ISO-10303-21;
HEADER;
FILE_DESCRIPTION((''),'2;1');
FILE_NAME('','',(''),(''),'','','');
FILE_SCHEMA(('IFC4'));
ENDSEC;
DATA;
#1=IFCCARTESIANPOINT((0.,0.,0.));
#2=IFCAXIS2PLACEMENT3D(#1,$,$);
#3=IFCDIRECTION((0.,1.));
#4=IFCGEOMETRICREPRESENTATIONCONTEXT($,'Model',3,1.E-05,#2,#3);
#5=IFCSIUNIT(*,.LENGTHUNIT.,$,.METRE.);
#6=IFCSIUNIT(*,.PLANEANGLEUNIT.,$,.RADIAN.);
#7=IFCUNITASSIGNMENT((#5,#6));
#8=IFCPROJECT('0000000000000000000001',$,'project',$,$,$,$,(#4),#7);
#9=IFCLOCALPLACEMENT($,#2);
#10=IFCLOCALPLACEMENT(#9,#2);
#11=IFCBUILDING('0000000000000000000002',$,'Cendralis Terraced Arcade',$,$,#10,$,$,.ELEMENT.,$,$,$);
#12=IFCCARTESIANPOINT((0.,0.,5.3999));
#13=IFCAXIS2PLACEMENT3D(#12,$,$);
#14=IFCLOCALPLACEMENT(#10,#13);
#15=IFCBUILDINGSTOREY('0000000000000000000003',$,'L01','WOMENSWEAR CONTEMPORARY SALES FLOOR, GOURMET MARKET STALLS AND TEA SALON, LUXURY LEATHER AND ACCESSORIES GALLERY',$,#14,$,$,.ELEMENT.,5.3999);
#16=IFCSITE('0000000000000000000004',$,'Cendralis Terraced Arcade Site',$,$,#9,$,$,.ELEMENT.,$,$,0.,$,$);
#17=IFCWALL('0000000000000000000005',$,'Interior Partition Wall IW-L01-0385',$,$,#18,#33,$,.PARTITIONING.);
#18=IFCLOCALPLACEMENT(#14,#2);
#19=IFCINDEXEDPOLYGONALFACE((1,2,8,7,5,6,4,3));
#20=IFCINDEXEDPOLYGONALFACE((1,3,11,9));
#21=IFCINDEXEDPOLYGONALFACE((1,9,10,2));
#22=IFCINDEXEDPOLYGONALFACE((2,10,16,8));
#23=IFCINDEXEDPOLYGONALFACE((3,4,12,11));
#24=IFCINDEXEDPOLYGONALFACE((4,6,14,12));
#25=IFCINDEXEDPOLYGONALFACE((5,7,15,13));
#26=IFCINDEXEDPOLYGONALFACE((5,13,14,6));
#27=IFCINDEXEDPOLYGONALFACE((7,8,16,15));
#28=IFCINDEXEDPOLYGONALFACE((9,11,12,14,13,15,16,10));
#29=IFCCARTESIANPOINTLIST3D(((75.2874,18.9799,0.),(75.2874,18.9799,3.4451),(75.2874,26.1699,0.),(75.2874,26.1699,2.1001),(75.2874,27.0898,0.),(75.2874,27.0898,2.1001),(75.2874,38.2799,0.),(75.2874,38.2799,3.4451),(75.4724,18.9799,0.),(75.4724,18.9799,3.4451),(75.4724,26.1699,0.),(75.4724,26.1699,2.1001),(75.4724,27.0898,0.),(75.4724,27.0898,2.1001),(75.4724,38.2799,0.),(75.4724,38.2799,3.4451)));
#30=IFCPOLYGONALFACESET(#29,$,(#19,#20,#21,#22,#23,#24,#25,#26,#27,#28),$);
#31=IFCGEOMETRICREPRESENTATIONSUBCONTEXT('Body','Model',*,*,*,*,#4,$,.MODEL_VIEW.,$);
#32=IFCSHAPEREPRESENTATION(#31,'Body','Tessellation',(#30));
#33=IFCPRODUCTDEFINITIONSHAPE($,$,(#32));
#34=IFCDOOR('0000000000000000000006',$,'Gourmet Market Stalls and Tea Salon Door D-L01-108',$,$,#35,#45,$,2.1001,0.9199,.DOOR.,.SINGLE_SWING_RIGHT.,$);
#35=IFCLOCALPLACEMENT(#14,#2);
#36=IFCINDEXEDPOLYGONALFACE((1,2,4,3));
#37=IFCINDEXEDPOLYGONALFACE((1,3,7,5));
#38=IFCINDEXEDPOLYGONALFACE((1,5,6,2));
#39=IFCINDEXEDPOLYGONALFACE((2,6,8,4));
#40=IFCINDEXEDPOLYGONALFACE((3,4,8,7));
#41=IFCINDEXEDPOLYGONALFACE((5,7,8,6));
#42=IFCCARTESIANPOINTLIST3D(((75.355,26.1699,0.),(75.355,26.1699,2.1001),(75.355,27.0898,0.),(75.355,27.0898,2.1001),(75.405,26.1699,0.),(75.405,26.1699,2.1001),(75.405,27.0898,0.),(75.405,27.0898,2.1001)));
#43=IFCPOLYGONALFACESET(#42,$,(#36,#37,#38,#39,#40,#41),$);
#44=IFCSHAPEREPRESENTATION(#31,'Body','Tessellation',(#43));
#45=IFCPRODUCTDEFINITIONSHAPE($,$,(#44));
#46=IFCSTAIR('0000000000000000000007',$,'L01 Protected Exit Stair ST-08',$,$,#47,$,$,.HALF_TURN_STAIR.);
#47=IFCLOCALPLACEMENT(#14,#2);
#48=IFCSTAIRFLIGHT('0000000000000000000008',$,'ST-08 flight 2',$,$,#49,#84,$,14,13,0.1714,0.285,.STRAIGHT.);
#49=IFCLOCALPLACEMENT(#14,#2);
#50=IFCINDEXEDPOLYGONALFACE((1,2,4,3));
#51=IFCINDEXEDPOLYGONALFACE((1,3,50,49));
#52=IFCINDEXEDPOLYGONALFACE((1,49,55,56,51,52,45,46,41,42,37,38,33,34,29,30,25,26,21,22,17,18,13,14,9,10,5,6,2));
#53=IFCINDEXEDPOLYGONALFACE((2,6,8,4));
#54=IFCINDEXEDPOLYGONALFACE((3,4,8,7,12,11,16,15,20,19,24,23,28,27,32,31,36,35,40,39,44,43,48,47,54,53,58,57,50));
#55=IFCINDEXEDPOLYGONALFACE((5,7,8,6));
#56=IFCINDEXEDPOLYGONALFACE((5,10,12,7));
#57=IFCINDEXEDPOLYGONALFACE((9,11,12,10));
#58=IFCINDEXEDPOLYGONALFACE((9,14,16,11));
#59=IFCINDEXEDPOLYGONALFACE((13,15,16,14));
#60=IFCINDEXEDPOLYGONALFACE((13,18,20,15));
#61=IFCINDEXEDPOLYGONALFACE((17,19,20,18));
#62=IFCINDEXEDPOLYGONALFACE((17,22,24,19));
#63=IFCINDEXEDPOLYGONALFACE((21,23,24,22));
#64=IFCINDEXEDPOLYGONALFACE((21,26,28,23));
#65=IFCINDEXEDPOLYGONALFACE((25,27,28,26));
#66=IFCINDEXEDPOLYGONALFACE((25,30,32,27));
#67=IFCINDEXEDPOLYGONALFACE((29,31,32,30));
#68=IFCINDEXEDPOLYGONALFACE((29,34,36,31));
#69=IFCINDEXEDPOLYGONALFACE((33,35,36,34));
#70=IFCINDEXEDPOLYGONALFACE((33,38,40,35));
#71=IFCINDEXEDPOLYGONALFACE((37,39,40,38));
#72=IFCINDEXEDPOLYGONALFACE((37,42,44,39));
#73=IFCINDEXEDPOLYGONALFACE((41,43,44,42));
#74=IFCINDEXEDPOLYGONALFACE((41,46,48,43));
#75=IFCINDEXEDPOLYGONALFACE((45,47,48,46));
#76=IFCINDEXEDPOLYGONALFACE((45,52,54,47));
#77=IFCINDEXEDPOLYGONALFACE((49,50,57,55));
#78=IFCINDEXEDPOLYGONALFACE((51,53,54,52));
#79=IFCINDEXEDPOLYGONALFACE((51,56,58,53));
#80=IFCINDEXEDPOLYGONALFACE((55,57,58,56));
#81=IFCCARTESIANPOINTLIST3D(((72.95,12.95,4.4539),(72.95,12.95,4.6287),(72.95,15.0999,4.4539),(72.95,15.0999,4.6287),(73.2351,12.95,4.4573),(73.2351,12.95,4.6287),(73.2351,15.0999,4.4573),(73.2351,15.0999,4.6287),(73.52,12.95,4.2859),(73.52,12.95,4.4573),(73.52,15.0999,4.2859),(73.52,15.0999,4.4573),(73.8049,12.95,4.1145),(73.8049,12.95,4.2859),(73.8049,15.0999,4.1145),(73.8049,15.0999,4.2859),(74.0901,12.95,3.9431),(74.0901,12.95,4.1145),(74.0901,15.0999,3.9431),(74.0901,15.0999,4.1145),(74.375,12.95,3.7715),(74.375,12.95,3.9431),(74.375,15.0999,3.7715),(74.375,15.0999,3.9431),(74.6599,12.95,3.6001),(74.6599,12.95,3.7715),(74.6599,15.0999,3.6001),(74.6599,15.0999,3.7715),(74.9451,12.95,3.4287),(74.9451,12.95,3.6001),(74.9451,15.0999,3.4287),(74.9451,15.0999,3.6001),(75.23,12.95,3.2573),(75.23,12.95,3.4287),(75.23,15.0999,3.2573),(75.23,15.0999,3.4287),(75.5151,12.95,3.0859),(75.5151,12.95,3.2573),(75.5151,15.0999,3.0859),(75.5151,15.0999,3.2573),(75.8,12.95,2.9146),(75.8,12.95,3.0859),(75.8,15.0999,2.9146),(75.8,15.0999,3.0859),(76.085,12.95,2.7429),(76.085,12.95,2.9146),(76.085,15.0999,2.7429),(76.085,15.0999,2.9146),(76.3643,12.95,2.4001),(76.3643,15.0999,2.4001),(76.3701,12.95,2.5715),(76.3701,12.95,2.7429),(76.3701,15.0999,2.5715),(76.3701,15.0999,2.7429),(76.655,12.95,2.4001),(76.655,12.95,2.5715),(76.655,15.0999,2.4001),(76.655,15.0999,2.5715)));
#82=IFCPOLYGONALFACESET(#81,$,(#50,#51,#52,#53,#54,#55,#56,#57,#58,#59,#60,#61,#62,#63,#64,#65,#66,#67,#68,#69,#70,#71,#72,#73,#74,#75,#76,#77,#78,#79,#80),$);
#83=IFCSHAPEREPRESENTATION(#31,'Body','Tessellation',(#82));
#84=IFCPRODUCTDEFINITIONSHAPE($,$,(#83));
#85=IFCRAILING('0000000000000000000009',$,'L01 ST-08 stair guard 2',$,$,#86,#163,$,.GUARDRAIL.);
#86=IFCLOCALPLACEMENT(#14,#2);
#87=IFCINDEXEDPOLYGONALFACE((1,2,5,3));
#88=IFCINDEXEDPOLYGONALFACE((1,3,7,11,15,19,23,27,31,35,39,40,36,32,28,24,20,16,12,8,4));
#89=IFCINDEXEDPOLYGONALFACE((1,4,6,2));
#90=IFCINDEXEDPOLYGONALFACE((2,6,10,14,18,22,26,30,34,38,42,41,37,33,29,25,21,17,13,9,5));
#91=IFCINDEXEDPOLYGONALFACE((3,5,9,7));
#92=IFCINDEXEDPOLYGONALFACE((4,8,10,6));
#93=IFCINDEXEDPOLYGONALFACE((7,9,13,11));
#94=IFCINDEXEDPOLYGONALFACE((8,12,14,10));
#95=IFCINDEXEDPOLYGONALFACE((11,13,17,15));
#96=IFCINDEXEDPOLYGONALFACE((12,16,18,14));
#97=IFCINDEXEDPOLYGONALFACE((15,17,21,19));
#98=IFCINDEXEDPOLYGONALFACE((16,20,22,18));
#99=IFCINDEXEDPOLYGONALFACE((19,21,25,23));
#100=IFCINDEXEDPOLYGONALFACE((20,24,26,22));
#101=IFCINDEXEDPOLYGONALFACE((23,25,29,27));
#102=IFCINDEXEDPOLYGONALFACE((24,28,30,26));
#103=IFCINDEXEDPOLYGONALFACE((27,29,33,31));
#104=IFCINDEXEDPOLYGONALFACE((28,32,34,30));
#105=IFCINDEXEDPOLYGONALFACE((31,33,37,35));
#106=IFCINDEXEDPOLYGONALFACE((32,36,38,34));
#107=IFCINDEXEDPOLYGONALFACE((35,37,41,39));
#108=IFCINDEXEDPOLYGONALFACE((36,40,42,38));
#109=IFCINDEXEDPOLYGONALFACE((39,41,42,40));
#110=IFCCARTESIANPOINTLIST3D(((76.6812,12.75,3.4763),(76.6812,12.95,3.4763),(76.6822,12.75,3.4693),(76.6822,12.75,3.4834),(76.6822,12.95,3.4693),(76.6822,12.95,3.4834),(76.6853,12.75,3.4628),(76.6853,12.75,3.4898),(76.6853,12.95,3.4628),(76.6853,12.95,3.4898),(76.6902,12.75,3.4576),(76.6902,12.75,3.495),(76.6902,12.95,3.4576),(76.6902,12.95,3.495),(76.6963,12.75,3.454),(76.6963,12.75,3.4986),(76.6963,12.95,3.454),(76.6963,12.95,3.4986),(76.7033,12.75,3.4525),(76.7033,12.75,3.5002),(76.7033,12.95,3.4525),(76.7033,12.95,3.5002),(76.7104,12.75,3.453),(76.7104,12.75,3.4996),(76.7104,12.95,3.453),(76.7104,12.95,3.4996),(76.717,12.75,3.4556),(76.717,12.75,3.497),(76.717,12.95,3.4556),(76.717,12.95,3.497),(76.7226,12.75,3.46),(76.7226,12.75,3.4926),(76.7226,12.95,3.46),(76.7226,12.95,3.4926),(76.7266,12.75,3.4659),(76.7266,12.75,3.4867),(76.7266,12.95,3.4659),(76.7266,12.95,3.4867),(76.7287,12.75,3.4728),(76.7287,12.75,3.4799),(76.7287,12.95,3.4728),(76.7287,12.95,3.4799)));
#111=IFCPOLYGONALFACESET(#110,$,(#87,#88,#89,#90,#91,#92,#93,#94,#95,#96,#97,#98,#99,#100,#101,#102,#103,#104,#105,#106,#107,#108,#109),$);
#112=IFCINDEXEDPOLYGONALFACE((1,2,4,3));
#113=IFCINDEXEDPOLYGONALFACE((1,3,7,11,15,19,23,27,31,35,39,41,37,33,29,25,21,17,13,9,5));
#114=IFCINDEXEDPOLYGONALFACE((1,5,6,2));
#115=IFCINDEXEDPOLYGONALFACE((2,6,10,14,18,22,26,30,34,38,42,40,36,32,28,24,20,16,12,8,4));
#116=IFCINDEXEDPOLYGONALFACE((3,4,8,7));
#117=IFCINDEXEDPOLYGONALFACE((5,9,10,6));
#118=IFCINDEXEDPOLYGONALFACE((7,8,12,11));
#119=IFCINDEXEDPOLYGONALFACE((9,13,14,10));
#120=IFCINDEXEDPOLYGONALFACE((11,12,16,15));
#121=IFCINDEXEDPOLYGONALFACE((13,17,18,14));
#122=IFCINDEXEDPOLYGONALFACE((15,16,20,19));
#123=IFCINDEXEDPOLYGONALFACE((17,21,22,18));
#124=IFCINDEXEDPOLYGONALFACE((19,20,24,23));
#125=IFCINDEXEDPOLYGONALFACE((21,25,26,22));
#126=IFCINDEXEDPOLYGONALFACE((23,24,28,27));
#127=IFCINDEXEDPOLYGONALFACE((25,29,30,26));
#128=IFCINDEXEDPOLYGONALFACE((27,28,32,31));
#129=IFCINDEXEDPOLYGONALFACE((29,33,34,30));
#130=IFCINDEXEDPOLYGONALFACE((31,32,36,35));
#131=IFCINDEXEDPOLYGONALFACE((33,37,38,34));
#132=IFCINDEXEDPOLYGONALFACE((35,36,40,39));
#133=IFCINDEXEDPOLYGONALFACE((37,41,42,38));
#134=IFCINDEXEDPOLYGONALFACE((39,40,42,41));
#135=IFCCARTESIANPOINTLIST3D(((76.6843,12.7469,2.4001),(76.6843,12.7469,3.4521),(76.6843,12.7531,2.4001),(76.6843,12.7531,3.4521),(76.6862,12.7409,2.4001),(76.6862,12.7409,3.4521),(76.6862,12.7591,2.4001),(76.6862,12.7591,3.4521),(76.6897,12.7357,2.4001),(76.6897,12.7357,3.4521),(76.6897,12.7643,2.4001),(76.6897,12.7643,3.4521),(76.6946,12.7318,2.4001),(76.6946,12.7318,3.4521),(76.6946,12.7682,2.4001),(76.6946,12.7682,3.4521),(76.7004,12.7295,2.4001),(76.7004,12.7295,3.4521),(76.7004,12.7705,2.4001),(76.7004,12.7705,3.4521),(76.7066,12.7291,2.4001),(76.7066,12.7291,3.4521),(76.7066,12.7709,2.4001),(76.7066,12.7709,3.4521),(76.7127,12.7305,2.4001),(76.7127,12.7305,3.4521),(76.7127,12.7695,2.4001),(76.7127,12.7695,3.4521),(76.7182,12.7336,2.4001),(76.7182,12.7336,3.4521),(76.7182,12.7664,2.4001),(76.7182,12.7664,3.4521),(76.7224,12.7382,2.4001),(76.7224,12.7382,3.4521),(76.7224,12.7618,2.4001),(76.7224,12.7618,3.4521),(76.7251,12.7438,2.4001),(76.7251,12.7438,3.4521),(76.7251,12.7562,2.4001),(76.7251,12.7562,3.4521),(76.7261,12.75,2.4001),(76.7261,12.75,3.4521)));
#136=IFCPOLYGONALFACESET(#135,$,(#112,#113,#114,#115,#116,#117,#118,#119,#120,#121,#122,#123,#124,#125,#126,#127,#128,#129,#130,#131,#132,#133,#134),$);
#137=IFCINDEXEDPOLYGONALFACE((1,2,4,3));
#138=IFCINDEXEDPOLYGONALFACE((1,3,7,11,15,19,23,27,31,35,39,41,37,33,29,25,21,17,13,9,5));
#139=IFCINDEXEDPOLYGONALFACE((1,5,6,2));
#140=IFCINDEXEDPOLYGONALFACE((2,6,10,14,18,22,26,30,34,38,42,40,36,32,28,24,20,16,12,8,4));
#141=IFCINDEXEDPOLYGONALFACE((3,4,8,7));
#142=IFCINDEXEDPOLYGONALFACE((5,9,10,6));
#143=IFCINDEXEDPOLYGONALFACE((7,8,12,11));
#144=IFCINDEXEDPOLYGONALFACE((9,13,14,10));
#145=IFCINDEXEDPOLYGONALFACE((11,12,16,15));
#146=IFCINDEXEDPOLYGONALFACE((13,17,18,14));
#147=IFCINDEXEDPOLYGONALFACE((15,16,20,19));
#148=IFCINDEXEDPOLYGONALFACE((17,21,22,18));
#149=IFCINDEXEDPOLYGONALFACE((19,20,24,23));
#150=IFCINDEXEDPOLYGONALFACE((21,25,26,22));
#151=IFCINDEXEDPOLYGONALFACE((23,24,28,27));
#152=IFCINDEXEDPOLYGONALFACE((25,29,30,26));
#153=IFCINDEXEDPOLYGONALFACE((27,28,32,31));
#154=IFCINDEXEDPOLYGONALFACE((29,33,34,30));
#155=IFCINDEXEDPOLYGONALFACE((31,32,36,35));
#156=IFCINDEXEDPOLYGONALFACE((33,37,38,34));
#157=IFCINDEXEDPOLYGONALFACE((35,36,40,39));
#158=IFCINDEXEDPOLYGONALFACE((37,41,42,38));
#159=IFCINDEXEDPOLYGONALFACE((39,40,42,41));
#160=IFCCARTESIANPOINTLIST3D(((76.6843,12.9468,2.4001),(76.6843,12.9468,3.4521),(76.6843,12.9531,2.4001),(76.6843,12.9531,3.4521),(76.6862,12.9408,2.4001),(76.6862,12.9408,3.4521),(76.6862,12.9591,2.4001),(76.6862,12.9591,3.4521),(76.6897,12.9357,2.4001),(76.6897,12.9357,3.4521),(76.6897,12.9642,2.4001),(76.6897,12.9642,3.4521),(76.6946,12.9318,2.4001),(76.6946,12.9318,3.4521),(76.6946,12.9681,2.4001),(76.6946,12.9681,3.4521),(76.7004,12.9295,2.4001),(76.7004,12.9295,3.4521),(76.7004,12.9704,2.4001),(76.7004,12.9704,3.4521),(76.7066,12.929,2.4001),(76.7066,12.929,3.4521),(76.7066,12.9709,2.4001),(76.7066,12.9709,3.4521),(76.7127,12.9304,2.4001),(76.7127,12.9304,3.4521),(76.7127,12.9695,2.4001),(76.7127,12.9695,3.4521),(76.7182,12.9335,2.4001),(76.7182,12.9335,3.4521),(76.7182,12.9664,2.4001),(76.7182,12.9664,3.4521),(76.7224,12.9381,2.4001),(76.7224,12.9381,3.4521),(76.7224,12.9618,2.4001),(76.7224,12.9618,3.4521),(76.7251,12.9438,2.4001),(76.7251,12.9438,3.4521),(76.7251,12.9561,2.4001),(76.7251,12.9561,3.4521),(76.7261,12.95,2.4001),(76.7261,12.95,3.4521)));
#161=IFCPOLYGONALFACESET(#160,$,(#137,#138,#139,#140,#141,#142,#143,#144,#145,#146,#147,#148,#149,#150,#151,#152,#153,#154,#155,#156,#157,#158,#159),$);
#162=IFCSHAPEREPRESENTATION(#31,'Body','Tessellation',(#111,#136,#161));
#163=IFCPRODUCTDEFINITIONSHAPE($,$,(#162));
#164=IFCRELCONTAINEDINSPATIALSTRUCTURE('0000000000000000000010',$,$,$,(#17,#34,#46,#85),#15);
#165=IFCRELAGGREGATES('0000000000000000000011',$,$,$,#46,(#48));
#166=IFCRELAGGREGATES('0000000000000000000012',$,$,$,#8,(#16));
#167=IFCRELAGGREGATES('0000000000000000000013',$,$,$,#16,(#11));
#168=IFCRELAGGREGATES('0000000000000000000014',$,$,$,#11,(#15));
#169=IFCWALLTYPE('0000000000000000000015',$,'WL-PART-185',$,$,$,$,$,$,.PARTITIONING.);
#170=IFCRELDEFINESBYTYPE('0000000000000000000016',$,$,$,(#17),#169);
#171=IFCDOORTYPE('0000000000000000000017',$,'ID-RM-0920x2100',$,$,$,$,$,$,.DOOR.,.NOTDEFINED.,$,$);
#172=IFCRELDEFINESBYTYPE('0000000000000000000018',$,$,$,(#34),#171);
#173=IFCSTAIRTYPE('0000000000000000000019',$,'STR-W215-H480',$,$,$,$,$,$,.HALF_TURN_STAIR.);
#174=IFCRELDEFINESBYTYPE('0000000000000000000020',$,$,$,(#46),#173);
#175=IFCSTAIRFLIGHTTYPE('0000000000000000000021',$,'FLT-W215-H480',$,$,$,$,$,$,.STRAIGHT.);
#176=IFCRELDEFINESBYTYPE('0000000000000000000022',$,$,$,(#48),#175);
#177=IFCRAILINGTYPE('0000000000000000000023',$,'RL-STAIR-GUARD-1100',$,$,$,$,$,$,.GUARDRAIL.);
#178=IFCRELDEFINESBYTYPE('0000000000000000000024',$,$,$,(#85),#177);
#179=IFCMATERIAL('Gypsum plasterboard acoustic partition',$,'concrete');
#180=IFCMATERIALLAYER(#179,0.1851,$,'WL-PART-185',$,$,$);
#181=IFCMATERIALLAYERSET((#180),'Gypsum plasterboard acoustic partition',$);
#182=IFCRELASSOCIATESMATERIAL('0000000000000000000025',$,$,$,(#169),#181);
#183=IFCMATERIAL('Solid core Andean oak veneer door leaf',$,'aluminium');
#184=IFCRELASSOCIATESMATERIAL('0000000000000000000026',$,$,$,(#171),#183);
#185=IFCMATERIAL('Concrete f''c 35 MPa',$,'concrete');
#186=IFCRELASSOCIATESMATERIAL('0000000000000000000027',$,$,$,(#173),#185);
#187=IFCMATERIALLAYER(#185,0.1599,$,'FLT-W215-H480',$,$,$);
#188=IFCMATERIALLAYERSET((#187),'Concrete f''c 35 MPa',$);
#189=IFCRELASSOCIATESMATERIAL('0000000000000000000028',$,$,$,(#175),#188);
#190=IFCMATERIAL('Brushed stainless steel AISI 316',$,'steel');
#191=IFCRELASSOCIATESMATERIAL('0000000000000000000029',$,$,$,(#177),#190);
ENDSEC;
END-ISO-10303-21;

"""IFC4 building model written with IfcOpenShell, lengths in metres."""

from ifc_helpers import new_model, si_unit, direction, frame, frame_2d, origin, origin_2d, place, context, subcontext, project, spatial, polyline, rectangle, circle, outline, extrude, material, layer, layer_set, type_object, element, fill, aggregate, save


model = new_model("IFC4")

# Units and contexts
model_context = context("Model", 3, precision=1e-05, world=origin(), true_north=direction((0.0, 1.0)))
body_context = subcontext(model_context, "Body", "Model", "MODEL_VIEW")
ifc_project = project(units=[si_unit("LENGTHUNIT", "METRE"), si_unit("PLANEANGLEUNIT", "RADIAN")], contexts=[model_context])

# Site, building, storey
site_placement = place(None, origin())
site = spatial("IfcSite", under=ifc_project, at=site_placement, Name="Cendralis Terraced Arcade Site", CompositionType="ELEMENT", RefElevation=0.0)
building_placement = place(site_placement, origin())
building = spatial("IfcBuilding", under=site, at=building_placement, Name="Cendralis Terraced Arcade", CompositionType="ELEMENT")
storey_placement = place(building_placement, frame((0.0, 0.0, 5.3999)))
storey = spatial("IfcBuildingStorey", under=building, at=storey_placement, Name="L01", Description="WOMENSWEAR CONTEMPORARY SALES FLOOR, GOURMET MARKET STALLS AND TEA SALON, LUXURY LEATHER AND ACCESSORIES GALLERY", CompositionType="ELEMENT", Elevation=5.3999)

# Shared definitions
ifc_material_1 = material(Name="Concrete f'c 35 MPa", Category="concrete")

# Shared definitions
ifc_material_2 = material(Name="Gypsum plasterboard acoustic partition", Category="concrete")

# Shared definitions
ifc_material_3 = material(Name="Solid core Andean oak veneer door leaf", Category="aluminium")

# Wall, opening, door
ifc_layer_1 = layer(ifc_material_2, 0.1851, Name="WL-PART-185")
ifc_layer_set_1 = layer_set([ifc_layer_1], Name="Gypsum plasterboard acoustic partition")
wall_type_1 = type_object("IfcWallType", Name="WL-PART-185", PredefinedType="PARTITIONING", material=ifc_layer_set_1)
wall_1_placement = place(storey_placement, frame((75.3799, 18.98, 0.0), z_axis=(0.0, 0.0, 1.0), x_axis=(0.0, 1.0, 0.0)))
wall_1 = element("IfcWall", 1, at=wall_1_placement, inside=storey, type_object=wall_type_1, Name="Interior Partition Wall IW-L01-0385", PredefinedType="PARTITIONING", context=body_context, shape_type="SweptSolid", body=[
    extrude(rectangle(XDim=19.3, YDim=0.1851, at=frame_2d((9.6499, 0.0))), origin(), (0.0, 0.0, 1.0), 3.4451),
])
opening_1_placement = place(wall_1_placement, frame((7.1899, 0.0, 0.0)))
opening_1 = element("IfcOpeningElement", 2, at=opening_1_placement, cuts=wall_1, PredefinedType="OPENING", context=body_context, shape_type="SweptSolid", body=[
    extrude(rectangle(XDim=0.9199, YDim=2.1001, at=frame_2d((0.46, 1.05))), frame((0.0, 0.1045, 0.0), z_axis=(0.0, -1.0, 0.0), x_axis=(1.0, 0.0, 0.0)), (0.0, 0.0, 1.0), 0.209),
])
door_type_1 = type_object("IfcDoorType", Name="ID-RM-0920x2100", OperationType="NOTDEFINED", PredefinedType="DOOR", material=ifc_material_3)
door_1_placement = place(opening_1_placement, origin())
door_1 = element("IfcDoor", 3, at=door_1_placement, inside=storey, type_object=door_type_1, Name="Gourmet Market Stalls and Tea Salon Door D-L01-108", OperationType="SINGLE_SWING_RIGHT", OverallHeight=2.1001, OverallWidth=0.9199, PredefinedType="DOOR", context=body_context, shape_type="SweptSolid", body=[
    extrude(rectangle(XDim=0.9199, YDim=2.1001, at=frame_2d((0.46, 1.05))), frame((0.0, 0.0249, 0.0), z_axis=(0.0, -1.0, 0.0), x_axis=(1.0, 0.0, 0.0)), (0.0, 0.0, 1.0), 0.05),
])
fill(opening_1, door_1)

# Stair, stair flight
stair_type = type_object("IfcStairType", Name="STR-W215-H480", PredefinedType="HALF_TURN_STAIR", material=ifc_material_1)
stair_placement = place(storey_placement, origin())
stair = element("IfcStair", 4, at=stair_placement, inside=storey, type_object=stair_type, Name="L01 Protected Exit Stair ST-08", PredefinedType="HALF_TURN_STAIR")
ifc_layer_2 = layer(ifc_material_1, 0.1599, Name="FLT-W215-H480")
ifc_layer_set_2 = layer_set([ifc_layer_2], Name="Concrete f'c 35 MPa")
stair_flight_type = type_object("IfcStairFlightType", Name="FLT-W215-H480", PredefinedType="STRAIGHT", material=ifc_layer_set_2)
stair_flight_placement = place(storey_placement, frame((76.655, 14.0249, 2.4001), z_axis=(0.0, 0.0, 1.0), x_axis=(-1.0, 0.0, 0.0)))
stair_flight = element("IfcStairFlight", 5, at=stair_flight_placement, type_object=stair_flight_type, Name="ST-08 flight 2", NumberOfRisers=14, NumberOfTreads=13, PredefinedType="STRAIGHT", RiserHeight=0.1714, TreadLength=0.285, context=body_context, shape_type="SweptSolid", body=[
    extrude(outline(polyline([(0.0, 0.0), (0.0, 0.1714), (0.2849, 0.1714), (0.2849, 0.3428), (0.5701, 0.3428), (0.5701, 0.5144), (0.855, 0.5144), (0.855, 0.6858), (1.1399, 0.6858), (1.1399, 0.8572), (1.425, 0.8572), (1.425, 1.0286), (1.71, 1.0286), (1.71, 1.2), (1.9951, 1.2), (1.9951, 1.3713), (2.28, 1.3713), (2.28, 1.543), (2.5649, 1.543), (2.5649, 1.7144), (2.8501, 1.7144), (2.8501, 1.8857), (3.135, 1.8857), (3.135, 2.0571), (3.4199, 2.0571), (3.4199, 2.2285), (3.7051, 2.2285), (3.7051, 2.3999), (3.7051, 2.0537), (0.2908, 0.0), (0.0, 0.0)])), frame((0.0, 1.075, 0.0), z_axis=(0.0, -1.0, 0.0), x_axis=(1.0, 0.0, 0.0)), (0.0, 0.0, 1.0), 2.1499),
])
aggregate(stair, [stair_flight])

# Railing
ifc_material_4 = material(Name="Brushed stainless steel AISI 316", Category="steel")
railing_type_1 = type_object("IfcRailingType", Name="RL-STAIR-GUARD-1100", PredefinedType="GUARDRAIL", material=ifc_material_4)
railing_1_placement = place(storey_placement, frame((76.7051, 12.75, 2.4001)))
element("IfcRailing", 6, at=railing_1_placement, inside=storey, type_object=railing_type_1, Name="L01 ST-08 stair guard 2", PredefinedType="GUARDRAIL", context=body_context, shape_type="SweptSolid", body=[
    extrude(circle(Radius=0.0239, at=origin_2d()), frame((0.0, 0.0, 1.0762), z_axis=(0.0, 1.0, 0.0), x_axis=(-1.0, 0.0, 0.0)), (0.0, 0.0, 1.0), 0.2),
    extrude(circle(Radius=0.021, at=origin_2d()), origin(), (0.0, 0.0, 1.0), 1.052),
    extrude(circle(Radius=0.021, at=origin_2d()), frame((0.0, 0.2, 0.0)), (0.0, 0.0, 1.0), 1.052),
])

save(model, "model.ifc")
